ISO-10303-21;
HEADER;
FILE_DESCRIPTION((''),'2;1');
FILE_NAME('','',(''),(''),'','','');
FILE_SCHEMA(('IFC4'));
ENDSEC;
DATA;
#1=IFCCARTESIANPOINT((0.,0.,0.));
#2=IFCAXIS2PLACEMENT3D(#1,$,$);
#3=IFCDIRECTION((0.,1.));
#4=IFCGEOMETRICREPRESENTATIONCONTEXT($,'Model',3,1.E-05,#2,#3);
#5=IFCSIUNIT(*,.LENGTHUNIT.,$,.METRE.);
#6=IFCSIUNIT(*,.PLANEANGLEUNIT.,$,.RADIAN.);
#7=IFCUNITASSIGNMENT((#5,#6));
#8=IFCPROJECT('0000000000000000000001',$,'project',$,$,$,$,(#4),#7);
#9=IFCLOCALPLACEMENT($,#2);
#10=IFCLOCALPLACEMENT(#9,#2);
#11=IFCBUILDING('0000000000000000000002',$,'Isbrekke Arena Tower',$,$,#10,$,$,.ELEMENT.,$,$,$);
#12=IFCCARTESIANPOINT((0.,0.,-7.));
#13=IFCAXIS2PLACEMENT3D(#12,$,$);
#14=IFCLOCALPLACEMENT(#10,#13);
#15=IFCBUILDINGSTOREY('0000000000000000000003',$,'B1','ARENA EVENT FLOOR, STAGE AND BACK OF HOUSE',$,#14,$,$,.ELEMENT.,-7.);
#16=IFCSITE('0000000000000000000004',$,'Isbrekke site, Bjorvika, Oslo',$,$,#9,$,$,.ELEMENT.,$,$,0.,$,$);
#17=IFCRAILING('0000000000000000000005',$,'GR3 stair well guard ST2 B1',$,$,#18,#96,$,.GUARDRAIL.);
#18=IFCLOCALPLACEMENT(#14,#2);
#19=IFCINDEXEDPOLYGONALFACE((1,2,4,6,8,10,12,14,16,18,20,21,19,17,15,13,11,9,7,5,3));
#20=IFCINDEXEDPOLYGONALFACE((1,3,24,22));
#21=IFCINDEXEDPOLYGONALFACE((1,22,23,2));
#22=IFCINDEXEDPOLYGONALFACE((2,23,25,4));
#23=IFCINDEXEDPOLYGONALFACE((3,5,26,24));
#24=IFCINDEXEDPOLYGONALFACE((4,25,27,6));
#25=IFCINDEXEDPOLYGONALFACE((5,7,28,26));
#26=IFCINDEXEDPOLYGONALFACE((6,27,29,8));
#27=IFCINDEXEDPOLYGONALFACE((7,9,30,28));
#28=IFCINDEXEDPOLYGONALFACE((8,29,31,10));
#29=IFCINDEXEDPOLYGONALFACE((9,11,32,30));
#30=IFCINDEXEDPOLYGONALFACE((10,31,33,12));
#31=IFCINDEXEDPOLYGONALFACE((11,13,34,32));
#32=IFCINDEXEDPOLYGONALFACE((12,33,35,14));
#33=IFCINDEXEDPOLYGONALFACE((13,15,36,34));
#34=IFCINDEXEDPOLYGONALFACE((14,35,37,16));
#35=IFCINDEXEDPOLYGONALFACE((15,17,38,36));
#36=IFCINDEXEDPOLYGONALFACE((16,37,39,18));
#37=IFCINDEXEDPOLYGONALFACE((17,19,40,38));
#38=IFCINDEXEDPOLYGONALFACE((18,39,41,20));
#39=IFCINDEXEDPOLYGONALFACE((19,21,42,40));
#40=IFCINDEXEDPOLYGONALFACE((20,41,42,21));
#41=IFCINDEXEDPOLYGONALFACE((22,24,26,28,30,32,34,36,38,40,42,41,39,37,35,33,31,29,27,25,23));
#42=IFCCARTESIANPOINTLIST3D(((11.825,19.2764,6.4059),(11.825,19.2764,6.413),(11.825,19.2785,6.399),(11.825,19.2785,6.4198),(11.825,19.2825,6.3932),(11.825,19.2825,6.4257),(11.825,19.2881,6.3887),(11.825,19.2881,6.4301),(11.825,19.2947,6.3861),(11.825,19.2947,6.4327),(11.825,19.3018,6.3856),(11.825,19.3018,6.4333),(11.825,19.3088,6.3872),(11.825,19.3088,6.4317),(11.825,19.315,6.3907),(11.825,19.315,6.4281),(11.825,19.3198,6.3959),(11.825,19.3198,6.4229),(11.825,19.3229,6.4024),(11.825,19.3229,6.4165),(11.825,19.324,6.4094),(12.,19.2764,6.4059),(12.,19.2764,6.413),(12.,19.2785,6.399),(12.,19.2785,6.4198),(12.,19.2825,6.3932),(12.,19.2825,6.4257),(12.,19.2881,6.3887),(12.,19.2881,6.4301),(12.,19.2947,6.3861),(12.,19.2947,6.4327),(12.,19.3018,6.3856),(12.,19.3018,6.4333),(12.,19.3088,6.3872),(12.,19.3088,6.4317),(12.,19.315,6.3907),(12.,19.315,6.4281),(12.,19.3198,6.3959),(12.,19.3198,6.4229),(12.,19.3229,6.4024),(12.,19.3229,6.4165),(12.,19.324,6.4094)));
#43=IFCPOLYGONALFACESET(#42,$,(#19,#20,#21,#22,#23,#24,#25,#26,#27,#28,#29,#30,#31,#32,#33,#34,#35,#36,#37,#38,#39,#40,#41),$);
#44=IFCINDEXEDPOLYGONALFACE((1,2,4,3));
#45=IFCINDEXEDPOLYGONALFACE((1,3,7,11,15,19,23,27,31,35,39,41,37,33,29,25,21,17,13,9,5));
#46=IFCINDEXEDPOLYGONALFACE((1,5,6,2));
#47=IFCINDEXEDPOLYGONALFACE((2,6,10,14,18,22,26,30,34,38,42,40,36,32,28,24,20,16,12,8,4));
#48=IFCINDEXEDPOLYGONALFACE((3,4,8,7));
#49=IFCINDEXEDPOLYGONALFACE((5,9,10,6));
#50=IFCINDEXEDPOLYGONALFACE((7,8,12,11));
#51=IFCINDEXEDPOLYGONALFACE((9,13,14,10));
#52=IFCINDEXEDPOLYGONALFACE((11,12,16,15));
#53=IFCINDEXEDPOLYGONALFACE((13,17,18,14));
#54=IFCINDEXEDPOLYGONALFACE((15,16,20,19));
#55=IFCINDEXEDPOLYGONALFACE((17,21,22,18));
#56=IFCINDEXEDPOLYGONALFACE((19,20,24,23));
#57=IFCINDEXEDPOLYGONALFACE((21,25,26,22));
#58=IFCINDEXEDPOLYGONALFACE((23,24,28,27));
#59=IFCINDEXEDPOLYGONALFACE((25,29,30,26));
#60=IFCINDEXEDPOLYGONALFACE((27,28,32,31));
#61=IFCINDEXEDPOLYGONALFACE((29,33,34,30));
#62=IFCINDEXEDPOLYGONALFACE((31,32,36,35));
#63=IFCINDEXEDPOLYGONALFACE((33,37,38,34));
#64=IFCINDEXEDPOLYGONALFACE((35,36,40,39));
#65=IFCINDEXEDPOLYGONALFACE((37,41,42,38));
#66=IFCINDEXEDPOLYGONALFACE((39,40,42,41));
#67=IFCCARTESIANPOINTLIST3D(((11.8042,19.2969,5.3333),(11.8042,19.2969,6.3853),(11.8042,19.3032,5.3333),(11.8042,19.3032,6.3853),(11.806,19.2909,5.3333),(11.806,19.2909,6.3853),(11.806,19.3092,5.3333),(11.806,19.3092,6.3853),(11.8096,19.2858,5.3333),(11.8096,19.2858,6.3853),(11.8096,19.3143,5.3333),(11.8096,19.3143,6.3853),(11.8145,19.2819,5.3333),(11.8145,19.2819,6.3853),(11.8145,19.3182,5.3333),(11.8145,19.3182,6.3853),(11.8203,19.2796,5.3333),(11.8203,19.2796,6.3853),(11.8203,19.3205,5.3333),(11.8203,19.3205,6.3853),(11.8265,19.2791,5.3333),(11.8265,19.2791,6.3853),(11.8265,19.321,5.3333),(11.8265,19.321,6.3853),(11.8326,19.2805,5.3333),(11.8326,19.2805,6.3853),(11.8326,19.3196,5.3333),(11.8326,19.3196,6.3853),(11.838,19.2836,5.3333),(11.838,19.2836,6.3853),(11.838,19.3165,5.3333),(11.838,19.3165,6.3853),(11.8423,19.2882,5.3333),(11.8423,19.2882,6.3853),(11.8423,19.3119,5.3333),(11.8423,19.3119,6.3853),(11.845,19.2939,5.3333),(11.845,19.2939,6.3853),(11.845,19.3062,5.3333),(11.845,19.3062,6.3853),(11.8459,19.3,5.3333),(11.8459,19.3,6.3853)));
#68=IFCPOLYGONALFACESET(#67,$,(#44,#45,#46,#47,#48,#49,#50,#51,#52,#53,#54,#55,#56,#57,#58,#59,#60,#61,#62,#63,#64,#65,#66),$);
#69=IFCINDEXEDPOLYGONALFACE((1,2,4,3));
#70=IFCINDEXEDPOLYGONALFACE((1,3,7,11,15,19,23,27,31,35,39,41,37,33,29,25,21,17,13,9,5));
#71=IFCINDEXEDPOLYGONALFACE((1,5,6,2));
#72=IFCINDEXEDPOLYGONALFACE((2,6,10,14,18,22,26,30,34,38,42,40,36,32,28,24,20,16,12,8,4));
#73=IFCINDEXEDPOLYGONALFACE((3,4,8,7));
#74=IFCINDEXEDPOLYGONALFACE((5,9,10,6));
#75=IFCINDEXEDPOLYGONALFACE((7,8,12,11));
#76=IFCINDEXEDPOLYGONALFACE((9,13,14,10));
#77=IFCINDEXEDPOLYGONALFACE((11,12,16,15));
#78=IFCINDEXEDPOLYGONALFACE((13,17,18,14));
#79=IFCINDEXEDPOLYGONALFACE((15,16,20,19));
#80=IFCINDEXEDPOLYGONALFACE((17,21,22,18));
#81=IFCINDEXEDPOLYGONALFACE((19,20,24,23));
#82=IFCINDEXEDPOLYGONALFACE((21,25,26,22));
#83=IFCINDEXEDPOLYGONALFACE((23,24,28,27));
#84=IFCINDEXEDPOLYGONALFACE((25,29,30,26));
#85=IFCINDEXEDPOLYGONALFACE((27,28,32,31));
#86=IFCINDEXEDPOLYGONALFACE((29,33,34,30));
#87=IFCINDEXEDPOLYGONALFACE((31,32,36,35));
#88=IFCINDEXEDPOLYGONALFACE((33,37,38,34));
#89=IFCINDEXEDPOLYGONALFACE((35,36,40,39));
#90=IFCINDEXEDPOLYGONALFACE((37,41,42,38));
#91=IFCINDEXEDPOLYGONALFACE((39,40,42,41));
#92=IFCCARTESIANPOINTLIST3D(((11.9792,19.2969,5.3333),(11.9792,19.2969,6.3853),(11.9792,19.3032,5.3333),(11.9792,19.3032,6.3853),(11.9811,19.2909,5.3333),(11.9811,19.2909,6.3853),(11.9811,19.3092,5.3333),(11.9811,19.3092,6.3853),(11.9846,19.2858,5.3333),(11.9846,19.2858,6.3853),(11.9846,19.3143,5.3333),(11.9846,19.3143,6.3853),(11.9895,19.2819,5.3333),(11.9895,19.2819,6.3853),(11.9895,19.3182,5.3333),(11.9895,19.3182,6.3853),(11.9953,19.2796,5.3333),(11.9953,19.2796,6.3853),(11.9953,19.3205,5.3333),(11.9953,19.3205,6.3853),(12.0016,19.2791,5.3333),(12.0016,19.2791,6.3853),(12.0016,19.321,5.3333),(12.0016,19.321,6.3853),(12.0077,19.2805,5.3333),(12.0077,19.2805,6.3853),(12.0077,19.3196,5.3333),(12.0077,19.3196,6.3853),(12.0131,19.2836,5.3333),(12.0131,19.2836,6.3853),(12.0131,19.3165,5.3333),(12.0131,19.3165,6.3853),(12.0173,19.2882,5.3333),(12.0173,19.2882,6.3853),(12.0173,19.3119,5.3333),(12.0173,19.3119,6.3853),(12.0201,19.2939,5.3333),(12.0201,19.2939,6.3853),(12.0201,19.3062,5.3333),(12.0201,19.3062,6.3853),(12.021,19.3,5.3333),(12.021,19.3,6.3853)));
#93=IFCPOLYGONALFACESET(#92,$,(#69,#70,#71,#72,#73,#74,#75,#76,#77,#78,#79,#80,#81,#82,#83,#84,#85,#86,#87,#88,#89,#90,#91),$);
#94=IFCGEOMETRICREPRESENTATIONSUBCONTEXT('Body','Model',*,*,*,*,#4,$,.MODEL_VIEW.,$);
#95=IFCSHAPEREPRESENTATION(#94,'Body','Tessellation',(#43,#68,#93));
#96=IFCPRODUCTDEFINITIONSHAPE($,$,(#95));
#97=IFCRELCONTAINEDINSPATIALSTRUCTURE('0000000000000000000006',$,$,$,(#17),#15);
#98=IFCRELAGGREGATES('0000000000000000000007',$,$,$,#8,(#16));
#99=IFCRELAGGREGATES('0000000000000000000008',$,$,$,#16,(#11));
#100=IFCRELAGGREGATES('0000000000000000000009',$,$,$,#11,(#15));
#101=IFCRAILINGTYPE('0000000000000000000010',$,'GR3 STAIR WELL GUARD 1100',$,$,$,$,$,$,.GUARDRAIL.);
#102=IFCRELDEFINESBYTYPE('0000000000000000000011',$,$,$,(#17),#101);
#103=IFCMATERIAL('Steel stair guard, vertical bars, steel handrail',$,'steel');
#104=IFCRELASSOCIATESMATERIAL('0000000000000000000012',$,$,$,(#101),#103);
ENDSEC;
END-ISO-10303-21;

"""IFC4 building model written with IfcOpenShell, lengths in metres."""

from ifc_helpers import new_model, si_unit, direction, frame, origin, origin_2d, place, context, subcontext, project, spatial, circle, extrude, material, type_object, element, save


model = new_model("IFC4")

# Units and contexts
model_context = context("Model", 3, precision=1e-05, world=origin(), true_north=direction((0.0, 1.0)))
body_context = subcontext(model_context, "Body", "Model", "MODEL_VIEW")
ifc_project = project(units=[si_unit("LENGTHUNIT", "METRE"), si_unit("PLANEANGLEUNIT", "RADIAN")], contexts=[model_context])

# Site, building, storey
site_placement = place(None, origin())
site = spatial("IfcSite", under=ifc_project, at=site_placement, Name="Isbrekke site, Bjorvika, Oslo", CompositionType="ELEMENT", RefElevation=0.0)
building_placement = place(site_placement, origin())
building = spatial("IfcBuilding", under=site, at=building_placement, Name="Isbrekke Arena Tower", CompositionType="ELEMENT")
storey_placement = place(building_placement, frame((0.0, 0.0, -7.0)))
storey = spatial("IfcBuildingStorey", under=building, at=storey_placement, Name="B1", Description="ARENA EVENT FLOOR, STAGE AND BACK OF HOUSE", CompositionType="ELEMENT", Elevation=-7.0)

# Railing
ifc_material_1 = material(Name="Steel stair guard, vertical bars, steel handrail", Category="steel")
railing_type = type_object("IfcRailingType", Name="GR3 STAIR WELL GUARD 1100", PredefinedType="GUARDRAIL", material=ifc_material_1)
for number, where, name in (
    (1, (11.825, 19.3, 5.3333), "GR3 stair well guard ST2 B1"),
):
    element("IfcRailing", number, at=place(storey_placement, frame(where)), inside=storey, type_object=railing_type, Name=name, PredefinedType="GUARDRAIL", context=body_context, shape_type="SweptSolid", body=[
        extrude(circle(Radius=0.0239, at=origin_2d()), frame((0.0, 0.0, 1.0762), z_axis=(1.0, 0.0, 0.0), x_axis=(0.0, 1.0, 0.0)), (0.0, 0.0, 1.0), 0.175),
        extrude(circle(Radius=0.021, at=origin_2d()), origin(), (0.0, 0.0, 1.0), 1.052),
        extrude(circle(Radius=0.021, at=origin_2d()), frame((0.175, 0.0, 0.0)), (0.0, 0.0, 1.0), 1.052),
    ])

save(model, "model.ifc")
